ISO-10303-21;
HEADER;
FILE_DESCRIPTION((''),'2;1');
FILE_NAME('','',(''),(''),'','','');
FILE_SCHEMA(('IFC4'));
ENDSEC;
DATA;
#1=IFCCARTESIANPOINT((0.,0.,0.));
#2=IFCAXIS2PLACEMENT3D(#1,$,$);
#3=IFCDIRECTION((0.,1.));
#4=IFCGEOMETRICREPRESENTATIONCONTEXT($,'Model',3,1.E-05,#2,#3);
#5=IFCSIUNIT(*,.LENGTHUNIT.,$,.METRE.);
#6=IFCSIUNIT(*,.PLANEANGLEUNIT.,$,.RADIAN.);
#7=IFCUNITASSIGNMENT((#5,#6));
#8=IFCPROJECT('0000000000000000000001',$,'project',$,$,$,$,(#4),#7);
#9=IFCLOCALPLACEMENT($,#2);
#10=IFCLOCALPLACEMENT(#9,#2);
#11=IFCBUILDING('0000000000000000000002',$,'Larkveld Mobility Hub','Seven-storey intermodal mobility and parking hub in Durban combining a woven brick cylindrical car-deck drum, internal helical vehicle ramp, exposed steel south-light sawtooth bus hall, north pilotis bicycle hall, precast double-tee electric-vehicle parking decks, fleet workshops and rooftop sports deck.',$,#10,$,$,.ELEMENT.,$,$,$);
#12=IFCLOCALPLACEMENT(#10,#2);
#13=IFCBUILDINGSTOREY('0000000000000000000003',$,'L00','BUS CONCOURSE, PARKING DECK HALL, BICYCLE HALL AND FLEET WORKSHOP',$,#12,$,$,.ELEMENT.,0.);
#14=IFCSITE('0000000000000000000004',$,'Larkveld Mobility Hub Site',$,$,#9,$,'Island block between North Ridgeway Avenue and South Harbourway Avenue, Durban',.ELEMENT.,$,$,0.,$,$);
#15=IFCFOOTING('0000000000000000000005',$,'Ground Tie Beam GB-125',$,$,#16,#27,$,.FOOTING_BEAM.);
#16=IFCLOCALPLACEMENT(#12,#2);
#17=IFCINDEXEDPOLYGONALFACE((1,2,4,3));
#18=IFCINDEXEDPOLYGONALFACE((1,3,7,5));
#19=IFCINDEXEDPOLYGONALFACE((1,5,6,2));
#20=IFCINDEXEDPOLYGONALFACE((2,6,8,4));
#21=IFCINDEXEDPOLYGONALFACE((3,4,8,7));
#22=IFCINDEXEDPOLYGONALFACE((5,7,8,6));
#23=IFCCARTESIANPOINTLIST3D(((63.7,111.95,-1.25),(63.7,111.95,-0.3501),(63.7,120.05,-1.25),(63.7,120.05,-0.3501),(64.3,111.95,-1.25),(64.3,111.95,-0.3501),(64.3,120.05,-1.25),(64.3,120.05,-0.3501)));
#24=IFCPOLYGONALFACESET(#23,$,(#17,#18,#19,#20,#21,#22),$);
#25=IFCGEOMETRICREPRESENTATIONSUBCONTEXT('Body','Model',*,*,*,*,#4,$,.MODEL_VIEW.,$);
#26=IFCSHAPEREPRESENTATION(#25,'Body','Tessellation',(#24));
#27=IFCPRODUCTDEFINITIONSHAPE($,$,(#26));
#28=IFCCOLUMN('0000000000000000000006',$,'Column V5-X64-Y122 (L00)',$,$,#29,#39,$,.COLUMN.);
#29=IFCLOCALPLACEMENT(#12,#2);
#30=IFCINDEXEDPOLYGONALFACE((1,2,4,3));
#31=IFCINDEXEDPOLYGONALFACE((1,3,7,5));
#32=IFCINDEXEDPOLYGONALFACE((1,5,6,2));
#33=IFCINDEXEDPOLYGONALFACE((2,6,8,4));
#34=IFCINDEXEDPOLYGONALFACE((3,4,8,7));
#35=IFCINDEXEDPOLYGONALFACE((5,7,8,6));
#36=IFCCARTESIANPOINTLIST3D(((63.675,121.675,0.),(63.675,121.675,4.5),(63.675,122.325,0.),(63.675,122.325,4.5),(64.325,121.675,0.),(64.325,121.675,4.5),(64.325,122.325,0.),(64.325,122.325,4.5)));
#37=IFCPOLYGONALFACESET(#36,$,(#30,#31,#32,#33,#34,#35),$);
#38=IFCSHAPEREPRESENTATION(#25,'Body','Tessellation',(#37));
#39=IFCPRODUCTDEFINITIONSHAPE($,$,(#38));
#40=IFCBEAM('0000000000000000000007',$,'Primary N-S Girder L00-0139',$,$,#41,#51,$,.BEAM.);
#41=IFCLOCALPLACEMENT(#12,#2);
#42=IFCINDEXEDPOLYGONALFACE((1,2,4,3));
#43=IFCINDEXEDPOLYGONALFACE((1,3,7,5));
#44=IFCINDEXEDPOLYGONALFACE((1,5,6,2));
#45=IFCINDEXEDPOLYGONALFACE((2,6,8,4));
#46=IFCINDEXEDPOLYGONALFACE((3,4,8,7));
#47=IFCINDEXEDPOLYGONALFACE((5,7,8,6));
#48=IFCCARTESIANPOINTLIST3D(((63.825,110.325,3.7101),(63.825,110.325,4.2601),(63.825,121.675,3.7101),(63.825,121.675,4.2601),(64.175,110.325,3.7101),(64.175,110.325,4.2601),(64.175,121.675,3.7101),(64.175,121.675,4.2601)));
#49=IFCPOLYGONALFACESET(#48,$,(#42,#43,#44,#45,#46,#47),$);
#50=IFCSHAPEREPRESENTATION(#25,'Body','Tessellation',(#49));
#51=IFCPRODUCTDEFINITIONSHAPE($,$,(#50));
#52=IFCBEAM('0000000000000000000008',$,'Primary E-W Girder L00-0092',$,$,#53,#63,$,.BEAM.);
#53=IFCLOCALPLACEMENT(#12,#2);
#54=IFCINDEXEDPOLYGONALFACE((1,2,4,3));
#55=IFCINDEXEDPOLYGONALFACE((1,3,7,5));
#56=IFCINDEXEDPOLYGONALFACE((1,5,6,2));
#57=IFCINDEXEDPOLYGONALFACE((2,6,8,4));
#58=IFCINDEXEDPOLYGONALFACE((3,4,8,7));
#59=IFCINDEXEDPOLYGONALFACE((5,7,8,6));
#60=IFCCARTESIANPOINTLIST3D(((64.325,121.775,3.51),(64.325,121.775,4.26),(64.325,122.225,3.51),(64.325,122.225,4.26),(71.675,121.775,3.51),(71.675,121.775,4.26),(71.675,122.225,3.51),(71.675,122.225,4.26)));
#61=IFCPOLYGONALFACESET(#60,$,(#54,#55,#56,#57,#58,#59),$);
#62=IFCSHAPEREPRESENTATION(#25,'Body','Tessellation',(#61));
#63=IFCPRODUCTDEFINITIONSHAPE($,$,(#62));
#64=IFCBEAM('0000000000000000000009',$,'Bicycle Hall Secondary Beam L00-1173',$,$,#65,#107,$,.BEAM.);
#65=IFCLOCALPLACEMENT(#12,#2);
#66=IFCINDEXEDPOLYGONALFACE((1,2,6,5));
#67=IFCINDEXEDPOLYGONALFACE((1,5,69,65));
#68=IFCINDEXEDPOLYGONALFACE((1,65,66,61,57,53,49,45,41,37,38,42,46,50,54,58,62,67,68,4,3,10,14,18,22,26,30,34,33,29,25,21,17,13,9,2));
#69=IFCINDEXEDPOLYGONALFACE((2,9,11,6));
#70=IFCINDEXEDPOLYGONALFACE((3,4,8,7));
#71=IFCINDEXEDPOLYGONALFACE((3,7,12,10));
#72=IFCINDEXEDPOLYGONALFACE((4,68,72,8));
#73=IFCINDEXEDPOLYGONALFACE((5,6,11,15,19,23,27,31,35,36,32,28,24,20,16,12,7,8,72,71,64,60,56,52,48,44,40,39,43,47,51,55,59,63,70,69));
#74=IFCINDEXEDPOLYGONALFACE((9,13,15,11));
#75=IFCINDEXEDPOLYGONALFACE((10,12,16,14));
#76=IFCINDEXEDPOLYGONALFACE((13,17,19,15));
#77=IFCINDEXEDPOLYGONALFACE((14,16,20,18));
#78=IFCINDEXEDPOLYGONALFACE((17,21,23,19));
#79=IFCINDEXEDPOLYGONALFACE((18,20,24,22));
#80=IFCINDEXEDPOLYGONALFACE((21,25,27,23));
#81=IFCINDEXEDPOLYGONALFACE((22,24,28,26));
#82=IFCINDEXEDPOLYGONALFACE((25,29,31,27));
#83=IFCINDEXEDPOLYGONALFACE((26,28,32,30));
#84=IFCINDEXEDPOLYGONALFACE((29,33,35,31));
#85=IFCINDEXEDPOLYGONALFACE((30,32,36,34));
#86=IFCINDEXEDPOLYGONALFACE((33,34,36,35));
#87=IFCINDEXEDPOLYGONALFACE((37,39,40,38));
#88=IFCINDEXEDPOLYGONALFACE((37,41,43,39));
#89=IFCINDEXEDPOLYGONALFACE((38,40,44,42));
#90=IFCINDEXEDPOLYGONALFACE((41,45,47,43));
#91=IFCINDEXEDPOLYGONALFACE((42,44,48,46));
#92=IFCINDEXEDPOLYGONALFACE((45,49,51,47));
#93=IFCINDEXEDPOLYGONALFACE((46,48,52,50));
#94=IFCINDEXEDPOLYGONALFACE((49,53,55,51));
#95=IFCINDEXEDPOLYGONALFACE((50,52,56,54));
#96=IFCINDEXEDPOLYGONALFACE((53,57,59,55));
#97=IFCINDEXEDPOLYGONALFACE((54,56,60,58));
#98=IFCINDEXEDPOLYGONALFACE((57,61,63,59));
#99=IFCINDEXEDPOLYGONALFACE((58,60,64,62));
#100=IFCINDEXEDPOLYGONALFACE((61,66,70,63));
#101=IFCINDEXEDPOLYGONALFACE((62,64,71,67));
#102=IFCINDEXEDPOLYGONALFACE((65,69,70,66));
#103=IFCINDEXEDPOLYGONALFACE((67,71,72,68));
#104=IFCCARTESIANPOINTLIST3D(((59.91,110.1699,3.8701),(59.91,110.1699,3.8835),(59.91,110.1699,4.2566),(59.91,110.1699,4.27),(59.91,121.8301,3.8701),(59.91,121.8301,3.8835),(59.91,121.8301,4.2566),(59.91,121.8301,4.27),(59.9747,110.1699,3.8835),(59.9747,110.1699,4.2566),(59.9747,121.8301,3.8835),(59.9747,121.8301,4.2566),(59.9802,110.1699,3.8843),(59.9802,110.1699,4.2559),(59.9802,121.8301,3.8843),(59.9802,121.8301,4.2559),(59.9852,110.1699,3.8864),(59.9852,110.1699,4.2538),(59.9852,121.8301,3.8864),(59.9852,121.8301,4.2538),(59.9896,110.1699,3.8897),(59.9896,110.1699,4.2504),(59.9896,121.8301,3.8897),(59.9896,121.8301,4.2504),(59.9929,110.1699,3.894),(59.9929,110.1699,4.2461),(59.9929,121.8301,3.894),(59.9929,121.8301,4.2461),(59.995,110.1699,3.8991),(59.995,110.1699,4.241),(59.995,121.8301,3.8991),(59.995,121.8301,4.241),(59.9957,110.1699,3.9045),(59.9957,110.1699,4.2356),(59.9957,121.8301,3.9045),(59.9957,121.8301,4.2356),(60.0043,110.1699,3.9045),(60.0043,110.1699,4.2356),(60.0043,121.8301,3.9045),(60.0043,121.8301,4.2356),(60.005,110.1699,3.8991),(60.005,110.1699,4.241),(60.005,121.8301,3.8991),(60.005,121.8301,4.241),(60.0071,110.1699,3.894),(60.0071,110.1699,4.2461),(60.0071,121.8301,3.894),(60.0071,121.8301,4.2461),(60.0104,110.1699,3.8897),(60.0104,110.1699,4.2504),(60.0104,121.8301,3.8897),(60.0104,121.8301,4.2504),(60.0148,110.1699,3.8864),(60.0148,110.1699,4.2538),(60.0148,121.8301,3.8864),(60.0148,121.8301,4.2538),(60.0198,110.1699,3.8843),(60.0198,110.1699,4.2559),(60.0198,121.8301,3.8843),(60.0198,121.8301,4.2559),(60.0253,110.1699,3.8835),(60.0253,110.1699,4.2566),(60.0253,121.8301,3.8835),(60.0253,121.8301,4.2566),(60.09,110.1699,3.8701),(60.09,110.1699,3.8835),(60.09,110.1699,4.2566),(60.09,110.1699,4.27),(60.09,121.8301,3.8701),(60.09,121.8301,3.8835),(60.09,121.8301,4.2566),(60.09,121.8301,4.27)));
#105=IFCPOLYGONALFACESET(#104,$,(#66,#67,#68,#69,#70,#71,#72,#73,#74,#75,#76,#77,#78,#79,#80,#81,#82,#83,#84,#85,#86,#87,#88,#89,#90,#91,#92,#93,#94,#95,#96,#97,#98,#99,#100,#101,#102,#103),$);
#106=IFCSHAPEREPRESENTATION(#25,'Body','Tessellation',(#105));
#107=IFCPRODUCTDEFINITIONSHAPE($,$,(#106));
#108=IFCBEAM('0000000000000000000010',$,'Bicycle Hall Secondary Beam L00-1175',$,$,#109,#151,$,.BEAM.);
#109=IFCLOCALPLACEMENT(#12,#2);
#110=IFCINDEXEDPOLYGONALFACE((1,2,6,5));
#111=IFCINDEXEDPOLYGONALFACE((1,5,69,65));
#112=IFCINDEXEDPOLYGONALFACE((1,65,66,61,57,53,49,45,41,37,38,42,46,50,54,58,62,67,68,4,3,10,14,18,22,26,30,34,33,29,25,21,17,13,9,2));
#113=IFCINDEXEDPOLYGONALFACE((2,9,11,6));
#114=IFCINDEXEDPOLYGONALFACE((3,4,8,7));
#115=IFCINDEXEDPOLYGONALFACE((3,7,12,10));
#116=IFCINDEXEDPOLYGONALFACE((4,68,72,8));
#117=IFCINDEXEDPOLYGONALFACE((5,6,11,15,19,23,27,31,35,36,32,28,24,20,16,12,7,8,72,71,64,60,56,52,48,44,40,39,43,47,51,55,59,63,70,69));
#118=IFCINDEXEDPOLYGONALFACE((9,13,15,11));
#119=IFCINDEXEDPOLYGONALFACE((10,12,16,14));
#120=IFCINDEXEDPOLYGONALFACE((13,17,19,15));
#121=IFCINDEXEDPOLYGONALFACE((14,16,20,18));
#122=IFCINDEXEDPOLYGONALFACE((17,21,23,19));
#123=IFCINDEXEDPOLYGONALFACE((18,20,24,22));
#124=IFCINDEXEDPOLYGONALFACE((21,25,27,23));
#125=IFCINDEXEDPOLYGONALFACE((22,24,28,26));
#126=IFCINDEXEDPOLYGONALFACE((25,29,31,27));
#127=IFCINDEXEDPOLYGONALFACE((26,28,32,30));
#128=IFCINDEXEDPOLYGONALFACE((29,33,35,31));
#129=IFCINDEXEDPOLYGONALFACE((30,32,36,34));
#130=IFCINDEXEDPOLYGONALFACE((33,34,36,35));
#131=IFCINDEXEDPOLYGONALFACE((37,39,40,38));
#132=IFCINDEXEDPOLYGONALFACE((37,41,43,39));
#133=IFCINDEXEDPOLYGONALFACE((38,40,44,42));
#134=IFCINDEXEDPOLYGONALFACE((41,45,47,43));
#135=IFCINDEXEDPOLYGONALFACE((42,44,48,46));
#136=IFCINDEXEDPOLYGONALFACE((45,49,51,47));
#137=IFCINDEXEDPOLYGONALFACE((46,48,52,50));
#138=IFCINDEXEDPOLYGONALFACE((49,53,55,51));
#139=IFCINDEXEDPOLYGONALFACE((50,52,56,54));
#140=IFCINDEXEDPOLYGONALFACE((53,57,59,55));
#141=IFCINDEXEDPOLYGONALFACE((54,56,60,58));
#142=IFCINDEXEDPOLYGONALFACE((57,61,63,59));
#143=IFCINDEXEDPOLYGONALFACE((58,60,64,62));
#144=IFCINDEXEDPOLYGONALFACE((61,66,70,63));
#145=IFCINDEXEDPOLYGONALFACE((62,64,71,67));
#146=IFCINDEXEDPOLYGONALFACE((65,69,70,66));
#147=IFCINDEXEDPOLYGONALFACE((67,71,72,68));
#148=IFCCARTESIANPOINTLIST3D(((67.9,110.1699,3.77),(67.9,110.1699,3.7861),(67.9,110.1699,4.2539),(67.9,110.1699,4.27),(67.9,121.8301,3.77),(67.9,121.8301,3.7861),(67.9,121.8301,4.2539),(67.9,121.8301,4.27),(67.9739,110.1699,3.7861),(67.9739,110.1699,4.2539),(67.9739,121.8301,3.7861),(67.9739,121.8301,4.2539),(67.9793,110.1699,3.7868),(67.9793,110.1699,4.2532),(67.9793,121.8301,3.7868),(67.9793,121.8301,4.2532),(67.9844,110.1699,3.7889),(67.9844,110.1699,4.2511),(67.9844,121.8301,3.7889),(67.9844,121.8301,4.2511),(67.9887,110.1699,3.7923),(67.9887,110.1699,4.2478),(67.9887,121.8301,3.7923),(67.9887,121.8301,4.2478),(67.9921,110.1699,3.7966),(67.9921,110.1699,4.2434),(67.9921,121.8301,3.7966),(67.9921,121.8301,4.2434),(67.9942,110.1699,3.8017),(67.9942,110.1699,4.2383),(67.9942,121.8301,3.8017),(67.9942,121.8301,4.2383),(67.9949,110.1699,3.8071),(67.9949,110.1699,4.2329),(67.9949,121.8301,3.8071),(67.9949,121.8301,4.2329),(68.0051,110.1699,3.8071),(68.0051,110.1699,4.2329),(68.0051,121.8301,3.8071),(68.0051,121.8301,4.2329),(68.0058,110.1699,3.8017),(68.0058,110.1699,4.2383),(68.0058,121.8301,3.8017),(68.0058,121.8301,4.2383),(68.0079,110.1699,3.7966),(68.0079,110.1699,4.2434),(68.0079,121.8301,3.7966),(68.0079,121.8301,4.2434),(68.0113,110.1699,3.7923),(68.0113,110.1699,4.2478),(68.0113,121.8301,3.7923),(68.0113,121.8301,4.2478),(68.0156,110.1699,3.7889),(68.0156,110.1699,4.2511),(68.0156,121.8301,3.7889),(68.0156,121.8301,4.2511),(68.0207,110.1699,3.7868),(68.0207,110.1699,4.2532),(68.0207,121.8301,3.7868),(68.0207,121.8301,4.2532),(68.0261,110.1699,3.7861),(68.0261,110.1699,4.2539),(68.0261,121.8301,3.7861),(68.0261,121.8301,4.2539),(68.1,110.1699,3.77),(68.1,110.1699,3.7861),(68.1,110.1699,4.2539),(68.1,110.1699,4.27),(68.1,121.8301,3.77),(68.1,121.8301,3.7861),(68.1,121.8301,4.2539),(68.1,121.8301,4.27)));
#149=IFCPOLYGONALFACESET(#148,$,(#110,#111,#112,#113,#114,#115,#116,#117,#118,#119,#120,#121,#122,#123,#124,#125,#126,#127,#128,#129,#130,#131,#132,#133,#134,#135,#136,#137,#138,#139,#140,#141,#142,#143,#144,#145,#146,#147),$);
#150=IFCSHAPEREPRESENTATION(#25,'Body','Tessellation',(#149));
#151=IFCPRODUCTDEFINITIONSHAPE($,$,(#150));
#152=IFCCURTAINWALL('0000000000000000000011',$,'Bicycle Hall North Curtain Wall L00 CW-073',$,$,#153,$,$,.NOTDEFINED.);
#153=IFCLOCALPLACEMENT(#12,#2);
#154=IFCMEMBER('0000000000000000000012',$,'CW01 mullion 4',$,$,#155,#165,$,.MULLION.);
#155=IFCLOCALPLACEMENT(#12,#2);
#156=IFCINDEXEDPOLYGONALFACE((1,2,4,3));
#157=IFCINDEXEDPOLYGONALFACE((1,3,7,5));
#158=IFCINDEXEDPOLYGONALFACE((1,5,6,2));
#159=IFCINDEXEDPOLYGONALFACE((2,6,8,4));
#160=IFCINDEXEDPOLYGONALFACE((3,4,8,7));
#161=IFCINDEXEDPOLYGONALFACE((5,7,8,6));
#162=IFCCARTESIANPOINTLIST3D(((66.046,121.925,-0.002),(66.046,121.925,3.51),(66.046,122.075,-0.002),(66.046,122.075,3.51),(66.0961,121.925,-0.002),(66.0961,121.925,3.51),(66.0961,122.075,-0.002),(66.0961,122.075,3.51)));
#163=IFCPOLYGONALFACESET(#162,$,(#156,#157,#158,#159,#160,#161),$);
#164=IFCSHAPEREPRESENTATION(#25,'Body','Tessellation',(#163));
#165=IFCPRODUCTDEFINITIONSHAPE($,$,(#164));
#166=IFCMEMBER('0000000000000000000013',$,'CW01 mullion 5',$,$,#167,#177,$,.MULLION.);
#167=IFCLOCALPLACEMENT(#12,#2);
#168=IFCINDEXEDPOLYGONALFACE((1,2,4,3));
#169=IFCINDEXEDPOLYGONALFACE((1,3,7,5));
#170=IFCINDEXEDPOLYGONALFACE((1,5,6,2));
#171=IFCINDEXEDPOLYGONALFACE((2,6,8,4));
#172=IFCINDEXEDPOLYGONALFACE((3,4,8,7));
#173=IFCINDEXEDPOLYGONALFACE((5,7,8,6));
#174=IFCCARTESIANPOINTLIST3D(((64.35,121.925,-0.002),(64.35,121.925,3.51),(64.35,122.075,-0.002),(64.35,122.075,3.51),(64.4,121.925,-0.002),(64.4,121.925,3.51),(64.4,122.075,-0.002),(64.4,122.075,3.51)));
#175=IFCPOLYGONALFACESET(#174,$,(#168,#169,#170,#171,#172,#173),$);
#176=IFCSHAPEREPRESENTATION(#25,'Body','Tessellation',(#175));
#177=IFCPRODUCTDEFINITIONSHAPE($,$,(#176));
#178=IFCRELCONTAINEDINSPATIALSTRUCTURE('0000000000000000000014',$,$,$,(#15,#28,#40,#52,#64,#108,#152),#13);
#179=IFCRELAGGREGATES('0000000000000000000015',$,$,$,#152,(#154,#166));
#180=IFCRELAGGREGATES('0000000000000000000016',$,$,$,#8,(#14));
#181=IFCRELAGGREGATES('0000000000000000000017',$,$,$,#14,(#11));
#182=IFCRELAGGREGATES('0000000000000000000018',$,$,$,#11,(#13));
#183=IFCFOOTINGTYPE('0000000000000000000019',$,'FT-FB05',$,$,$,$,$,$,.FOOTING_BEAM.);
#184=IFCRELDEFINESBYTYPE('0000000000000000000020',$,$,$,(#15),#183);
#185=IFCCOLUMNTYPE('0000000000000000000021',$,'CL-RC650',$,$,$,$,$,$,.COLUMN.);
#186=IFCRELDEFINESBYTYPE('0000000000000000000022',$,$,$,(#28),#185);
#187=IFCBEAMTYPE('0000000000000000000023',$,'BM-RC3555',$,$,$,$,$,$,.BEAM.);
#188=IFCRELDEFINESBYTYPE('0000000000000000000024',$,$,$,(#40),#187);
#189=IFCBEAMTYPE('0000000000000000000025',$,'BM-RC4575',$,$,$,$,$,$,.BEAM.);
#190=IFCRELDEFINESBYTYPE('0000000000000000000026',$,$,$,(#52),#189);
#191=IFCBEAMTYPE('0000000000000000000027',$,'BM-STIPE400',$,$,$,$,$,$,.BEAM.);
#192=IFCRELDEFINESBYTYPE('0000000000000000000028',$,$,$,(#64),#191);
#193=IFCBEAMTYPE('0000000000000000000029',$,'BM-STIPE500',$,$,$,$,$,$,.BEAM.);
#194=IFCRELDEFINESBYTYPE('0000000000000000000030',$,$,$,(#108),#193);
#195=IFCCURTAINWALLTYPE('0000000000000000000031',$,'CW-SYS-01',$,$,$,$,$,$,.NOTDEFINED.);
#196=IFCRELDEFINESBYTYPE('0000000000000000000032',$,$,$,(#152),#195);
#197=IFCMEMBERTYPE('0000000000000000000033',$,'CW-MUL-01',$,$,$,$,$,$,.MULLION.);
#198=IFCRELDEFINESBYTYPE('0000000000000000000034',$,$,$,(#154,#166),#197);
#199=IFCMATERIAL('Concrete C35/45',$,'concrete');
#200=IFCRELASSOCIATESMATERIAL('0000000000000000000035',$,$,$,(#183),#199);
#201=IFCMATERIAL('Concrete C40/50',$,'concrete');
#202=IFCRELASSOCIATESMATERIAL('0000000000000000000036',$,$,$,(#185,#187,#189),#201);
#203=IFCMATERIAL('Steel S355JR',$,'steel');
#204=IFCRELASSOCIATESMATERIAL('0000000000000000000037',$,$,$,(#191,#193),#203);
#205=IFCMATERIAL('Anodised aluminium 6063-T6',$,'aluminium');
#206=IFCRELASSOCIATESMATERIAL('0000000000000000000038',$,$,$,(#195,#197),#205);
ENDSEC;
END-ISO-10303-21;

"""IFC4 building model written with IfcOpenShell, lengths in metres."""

from ifc_helpers import new_model, si_unit, direction, frame, origin, origin_2d, place, context, subcontext, project, spatial, rectangle, i_section, extrude, material, material_profile, profile_set, type_object, element, aggregate, save


model = new_model("IFC4")

# Units and contexts
model_context = context("Model", 3, precision=1e-05, world=origin(), true_north=direction((0.0, 1.0)))
body_context = subcontext(model_context, "Body", "Model", "MODEL_VIEW")
ifc_project = project(units=[si_unit("LENGTHUNIT", "METRE"), si_unit("PLANEANGLEUNIT", "RADIAN")], contexts=[model_context])

# Site, building, storey
site_placement = place(None, origin())
site = spatial("IfcSite", under=ifc_project, at=site_placement, Name="Larkveld Mobility Hub Site", LongName="Island block between North Ridgeway Avenue and South Harbourway Avenue, Durban", CompositionType="ELEMENT", RefElevation=0.0)
building_placement = place(site_placement, origin())
building = spatial("IfcBuilding", under=site, at=building_placement, Name="Larkveld Mobility Hub", Description="Seven-storey intermodal mobility and parking hub in Durban combining a woven brick cylindrical car-deck drum, internal helical vehicle ramp, exposed steel south-light sawtooth bus hall, north pilotis bicycle hall, precast double-tee electric-vehicle parking decks, fleet workshops and rooftop sports deck.", CompositionType="ELEMENT")
storey_placement = place(building_placement, origin())
storey = spatial("IfcBuildingStorey", under=building, at=storey_placement, Name="L00", Description="BUS CONCOURSE, PARKING DECK HALL, BICYCLE HALL AND FLEET WORKSHOP", CompositionType="ELEMENT", Elevation=0.0)

# Footing
ifc_material_1 = material(Name="Concrete C35/45", Category="concrete")
ifc_material_profile_1 = material_profile(ifc_material_1, rectangle(XDim=0.6001, YDim=0.8999, at=origin_2d()), Name="RC BM 600x900")
ifc_profile_set_1 = profile_set([ifc_material_profile_1], Name="Concrete C35/45")
footing_type = type_object("IfcFootingType", Name="FT-FB05", PredefinedType="FOOTING_BEAM", material=ifc_profile_set_1)
footing_placement = place(storey_placement, frame((64.0, 111.95, -0.8), z_axis=(0.0, 1.0, 0.0), x_axis=(-1.0, 0.0, 0.0)))
element("IfcFooting", 1, at=footing_placement, inside=storey, type_object=footing_type, Name="Ground Tie Beam GB-125", PredefinedType="FOOTING_BEAM", context=body_context, shape_type="SweptSolid", body=[
    extrude(rectangle(XDim=0.6001, YDim=0.8999, at=origin_2d()), origin(), (0.0, 0.0, 1.0), 8.1001),
])

# Column
ifc_material_2 = material(Name="Concrete C40/50", Category="concrete")
ifc_material_profile_2 = material_profile(ifc_material_2, rectangle(XDim=0.6499, YDim=0.6499, at=origin_2d()), Name="RC COL 650x650")
ifc_profile_set_2 = profile_set([ifc_material_profile_2], Name="Concrete C40/50")
column_type = type_object("IfcColumnType", Name="CL-RC650", PredefinedType="COLUMN", material=ifc_profile_set_2)
column_placement = place(storey_placement, frame((64.0, 122.0, 0.0), z_axis=(0.0, 0.0, 1.0), x_axis=(1.0, 0.0, 0.0)))
element("IfcColumn", 2, at=column_placement, inside=storey, type_object=column_type, Name="Column V5-X64-Y122 (L00)", PredefinedType="COLUMN", context=body_context, shape_type="SweptSolid", body=[
    extrude(rectangle(XDim=0.6499, YDim=0.6499, at=origin_2d()), origin(), (0.0, 0.0, 1.0), 4.5),
])

# Beams
ifc_material_profile_3 = material_profile(ifc_material_2, rectangle(XDim=0.3501, YDim=0.55, at=origin_2d()), Name="RC BM 350x550")
ifc_profile_set_3 = profile_set([ifc_material_profile_3], Name="Concrete C40/50")
beam_type_1 = type_object("IfcBeamType", Name="BM-RC3555", PredefinedType="BEAM", material=ifc_profile_set_3)
beam_1_placement = place(storey_placement, frame((64.0, 110.325, 3.9851), z_axis=(0.0, 1.0, 0.0), x_axis=(-1.0, 0.0, 0.0)))
element("IfcBeam", 3, at=beam_1_placement, inside=storey, type_object=beam_type_1, Name="Primary N-S Girder L00-0139", PredefinedType="BEAM", context=body_context, shape_type="SweptSolid", body=[
    extrude(rectangle(XDim=0.3501, YDim=0.55, at=origin_2d()), origin(), (0.0, 0.0, 1.0), 11.3501),
])
ifc_material_profile_4 = material_profile(ifc_material_2, rectangle(XDim=0.45, YDim=0.75, at=origin_2d()), Name="RC BM 450x750")
ifc_profile_set_4 = profile_set([ifc_material_profile_4], Name="Concrete C40/50")
beam_type_2 = type_object("IfcBeamType", Name="BM-RC4575", PredefinedType="BEAM", material=ifc_profile_set_4)
beam_2_placement = place(storey_placement, frame((64.325, 122.0, 3.885), z_axis=(1.0, 0.0, 0.0), x_axis=(0.0, 1.0, 0.0)))
element("IfcBeam", 4, at=beam_2_placement, inside=storey, type_object=beam_type_2, Name="Primary E-W Girder L00-0092", PredefinedType="BEAM", context=body_context, shape_type="SweptSolid", body=[
    extrude(rectangle(XDim=0.45, YDim=0.75, at=origin_2d()), origin(), (0.0, 0.0, 1.0), 7.3501),
])
ifc_material_3 = material(Name="Steel S355JR", Category="steel")
ifc_material_profile_5 = material_profile(ifc_material_3, i_section(OverallWidth=0.1799, OverallDepth=0.3999, WebThickness=0.0085, FlangeThickness=0.0134, FilletRadius=0.021, at=origin_2d()), Name="IPE 400")
ifc_profile_set_5 = profile_set([ifc_material_profile_5], Name="Steel S355JR")
beam_type_3 = type_object("IfcBeamType", Name="BM-STIPE400", PredefinedType="BEAM", material=ifc_profile_set_5)
beam_3_placement = place(storey_placement, frame((60.0, 110.1699, 4.0701), z_axis=(0.0, 1.0, 0.0), x_axis=(-1.0, 0.0, 0.0)))
element("IfcBeam", 5, at=beam_3_placement, inside=storey, type_object=beam_type_3, Name="Bicycle Hall Secondary Beam L00-1173", PredefinedType="BEAM", context=body_context, shape_type="SweptSolid", body=[
    extrude(i_section(OverallWidth=0.1799, OverallDepth=0.3999, WebThickness=0.0085, FlangeThickness=0.0134, FilletRadius=0.021, at=origin_2d()), origin(), (0.0, 0.0, 1.0), 11.6602),
])
ifc_material_profile_6 = material_profile(ifc_material_3, i_section(OverallWidth=0.2, OverallDepth=0.5, WebThickness=0.0103, FlangeThickness=0.0161, FilletRadius=0.021, at=origin_2d()), Name="IPE 500")
ifc_profile_set_6 = profile_set([ifc_material_profile_6], Name="Steel S355JR")
beam_type_4 = type_object("IfcBeamType", Name="BM-STIPE500", PredefinedType="BEAM", material=ifc_profile_set_6)
beam_4_placement = place(storey_placement, frame((68.0, 110.1699, 4.02), z_axis=(0.0, 1.0, 0.0), x_axis=(-1.0, 0.0, 0.0)))
element("IfcBeam", 6, at=beam_4_placement, inside=storey, type_object=beam_type_4, Name="Bicycle Hall Secondary Beam L00-1175", PredefinedType="BEAM", context=body_context, shape_type="SweptSolid", body=[
    extrude(i_section(OverallWidth=0.2, OverallDepth=0.5, WebThickness=0.0103, FlangeThickness=0.0161, FilletRadius=0.021, at=origin_2d()), origin(), (0.0, 0.0, 1.0), 11.6602),
])

# Curtain wall, members
ifc_material_4 = material(Name="Anodised aluminium 6063-T6", Category="aluminium")
curtain_wall_type = type_object("IfcCurtainWallType", Name="CW-SYS-01", PredefinedType="NOTDEFINED", material=ifc_material_4)
curtain_wall_placement = place(storey_placement, origin())
curtain_wall = element("IfcCurtainWall", 7, at=curtain_wall_placement, inside=storey, type_object=curtain_wall_type, Name="Bicycle Hall North Curtain Wall L00 CW-073", PredefinedType="NOTDEFINED")
ifc_material_profile_7 = material_profile(ifc_material_4, rectangle(XDim=0.05, YDim=0.1499, at=origin_2d()), Name="ALU MULL 50x150")
ifc_profile_set_7 = profile_set([ifc_material_profile_7], Name="Anodised aluminium 6063-T6")
member_type_1 = type_object("IfcMemberType", Name="CW-MUL-01", PredefinedType="MULLION", material=ifc_profile_set_7)
member_1_placement = place(storey_placement, frame((66.071, 122.0, -0.002), z_axis=(0.0, 0.0, 1.0), x_axis=(-1.0, 0.0, 0.0)))
member_1 = element("IfcMember", 8, at=member_1_placement, type_object=member_type_1, Name="CW01 mullion 4", PredefinedType="MULLION", context=body_context, shape_type="SweptSolid", body=[
    extrude(rectangle(XDim=0.05, YDim=0.1499, at=origin_2d()), origin(), (0.0, 0.0, 1.0), 3.512),
])
member_2_placement = place(storey_placement, frame((64.375, 122.0, -0.002), z_axis=(0.0, 0.0, 1.0), x_axis=(-1.0, 0.0, 0.0)))
member_2 = element("IfcMember", 9, at=member_2_placement, type_object=member_type_1, Name="CW01 mullion 5", PredefinedType="MULLION", context=body_context, shape_type="SweptSolid", body=[
    extrude(rectangle(XDim=0.05, YDim=0.1499, at=origin_2d()), origin(), (0.0, 0.0, 1.0), 3.512),
])
aggregate(curtain_wall, [member_1, member_2])

save(model, "model.ifc")
